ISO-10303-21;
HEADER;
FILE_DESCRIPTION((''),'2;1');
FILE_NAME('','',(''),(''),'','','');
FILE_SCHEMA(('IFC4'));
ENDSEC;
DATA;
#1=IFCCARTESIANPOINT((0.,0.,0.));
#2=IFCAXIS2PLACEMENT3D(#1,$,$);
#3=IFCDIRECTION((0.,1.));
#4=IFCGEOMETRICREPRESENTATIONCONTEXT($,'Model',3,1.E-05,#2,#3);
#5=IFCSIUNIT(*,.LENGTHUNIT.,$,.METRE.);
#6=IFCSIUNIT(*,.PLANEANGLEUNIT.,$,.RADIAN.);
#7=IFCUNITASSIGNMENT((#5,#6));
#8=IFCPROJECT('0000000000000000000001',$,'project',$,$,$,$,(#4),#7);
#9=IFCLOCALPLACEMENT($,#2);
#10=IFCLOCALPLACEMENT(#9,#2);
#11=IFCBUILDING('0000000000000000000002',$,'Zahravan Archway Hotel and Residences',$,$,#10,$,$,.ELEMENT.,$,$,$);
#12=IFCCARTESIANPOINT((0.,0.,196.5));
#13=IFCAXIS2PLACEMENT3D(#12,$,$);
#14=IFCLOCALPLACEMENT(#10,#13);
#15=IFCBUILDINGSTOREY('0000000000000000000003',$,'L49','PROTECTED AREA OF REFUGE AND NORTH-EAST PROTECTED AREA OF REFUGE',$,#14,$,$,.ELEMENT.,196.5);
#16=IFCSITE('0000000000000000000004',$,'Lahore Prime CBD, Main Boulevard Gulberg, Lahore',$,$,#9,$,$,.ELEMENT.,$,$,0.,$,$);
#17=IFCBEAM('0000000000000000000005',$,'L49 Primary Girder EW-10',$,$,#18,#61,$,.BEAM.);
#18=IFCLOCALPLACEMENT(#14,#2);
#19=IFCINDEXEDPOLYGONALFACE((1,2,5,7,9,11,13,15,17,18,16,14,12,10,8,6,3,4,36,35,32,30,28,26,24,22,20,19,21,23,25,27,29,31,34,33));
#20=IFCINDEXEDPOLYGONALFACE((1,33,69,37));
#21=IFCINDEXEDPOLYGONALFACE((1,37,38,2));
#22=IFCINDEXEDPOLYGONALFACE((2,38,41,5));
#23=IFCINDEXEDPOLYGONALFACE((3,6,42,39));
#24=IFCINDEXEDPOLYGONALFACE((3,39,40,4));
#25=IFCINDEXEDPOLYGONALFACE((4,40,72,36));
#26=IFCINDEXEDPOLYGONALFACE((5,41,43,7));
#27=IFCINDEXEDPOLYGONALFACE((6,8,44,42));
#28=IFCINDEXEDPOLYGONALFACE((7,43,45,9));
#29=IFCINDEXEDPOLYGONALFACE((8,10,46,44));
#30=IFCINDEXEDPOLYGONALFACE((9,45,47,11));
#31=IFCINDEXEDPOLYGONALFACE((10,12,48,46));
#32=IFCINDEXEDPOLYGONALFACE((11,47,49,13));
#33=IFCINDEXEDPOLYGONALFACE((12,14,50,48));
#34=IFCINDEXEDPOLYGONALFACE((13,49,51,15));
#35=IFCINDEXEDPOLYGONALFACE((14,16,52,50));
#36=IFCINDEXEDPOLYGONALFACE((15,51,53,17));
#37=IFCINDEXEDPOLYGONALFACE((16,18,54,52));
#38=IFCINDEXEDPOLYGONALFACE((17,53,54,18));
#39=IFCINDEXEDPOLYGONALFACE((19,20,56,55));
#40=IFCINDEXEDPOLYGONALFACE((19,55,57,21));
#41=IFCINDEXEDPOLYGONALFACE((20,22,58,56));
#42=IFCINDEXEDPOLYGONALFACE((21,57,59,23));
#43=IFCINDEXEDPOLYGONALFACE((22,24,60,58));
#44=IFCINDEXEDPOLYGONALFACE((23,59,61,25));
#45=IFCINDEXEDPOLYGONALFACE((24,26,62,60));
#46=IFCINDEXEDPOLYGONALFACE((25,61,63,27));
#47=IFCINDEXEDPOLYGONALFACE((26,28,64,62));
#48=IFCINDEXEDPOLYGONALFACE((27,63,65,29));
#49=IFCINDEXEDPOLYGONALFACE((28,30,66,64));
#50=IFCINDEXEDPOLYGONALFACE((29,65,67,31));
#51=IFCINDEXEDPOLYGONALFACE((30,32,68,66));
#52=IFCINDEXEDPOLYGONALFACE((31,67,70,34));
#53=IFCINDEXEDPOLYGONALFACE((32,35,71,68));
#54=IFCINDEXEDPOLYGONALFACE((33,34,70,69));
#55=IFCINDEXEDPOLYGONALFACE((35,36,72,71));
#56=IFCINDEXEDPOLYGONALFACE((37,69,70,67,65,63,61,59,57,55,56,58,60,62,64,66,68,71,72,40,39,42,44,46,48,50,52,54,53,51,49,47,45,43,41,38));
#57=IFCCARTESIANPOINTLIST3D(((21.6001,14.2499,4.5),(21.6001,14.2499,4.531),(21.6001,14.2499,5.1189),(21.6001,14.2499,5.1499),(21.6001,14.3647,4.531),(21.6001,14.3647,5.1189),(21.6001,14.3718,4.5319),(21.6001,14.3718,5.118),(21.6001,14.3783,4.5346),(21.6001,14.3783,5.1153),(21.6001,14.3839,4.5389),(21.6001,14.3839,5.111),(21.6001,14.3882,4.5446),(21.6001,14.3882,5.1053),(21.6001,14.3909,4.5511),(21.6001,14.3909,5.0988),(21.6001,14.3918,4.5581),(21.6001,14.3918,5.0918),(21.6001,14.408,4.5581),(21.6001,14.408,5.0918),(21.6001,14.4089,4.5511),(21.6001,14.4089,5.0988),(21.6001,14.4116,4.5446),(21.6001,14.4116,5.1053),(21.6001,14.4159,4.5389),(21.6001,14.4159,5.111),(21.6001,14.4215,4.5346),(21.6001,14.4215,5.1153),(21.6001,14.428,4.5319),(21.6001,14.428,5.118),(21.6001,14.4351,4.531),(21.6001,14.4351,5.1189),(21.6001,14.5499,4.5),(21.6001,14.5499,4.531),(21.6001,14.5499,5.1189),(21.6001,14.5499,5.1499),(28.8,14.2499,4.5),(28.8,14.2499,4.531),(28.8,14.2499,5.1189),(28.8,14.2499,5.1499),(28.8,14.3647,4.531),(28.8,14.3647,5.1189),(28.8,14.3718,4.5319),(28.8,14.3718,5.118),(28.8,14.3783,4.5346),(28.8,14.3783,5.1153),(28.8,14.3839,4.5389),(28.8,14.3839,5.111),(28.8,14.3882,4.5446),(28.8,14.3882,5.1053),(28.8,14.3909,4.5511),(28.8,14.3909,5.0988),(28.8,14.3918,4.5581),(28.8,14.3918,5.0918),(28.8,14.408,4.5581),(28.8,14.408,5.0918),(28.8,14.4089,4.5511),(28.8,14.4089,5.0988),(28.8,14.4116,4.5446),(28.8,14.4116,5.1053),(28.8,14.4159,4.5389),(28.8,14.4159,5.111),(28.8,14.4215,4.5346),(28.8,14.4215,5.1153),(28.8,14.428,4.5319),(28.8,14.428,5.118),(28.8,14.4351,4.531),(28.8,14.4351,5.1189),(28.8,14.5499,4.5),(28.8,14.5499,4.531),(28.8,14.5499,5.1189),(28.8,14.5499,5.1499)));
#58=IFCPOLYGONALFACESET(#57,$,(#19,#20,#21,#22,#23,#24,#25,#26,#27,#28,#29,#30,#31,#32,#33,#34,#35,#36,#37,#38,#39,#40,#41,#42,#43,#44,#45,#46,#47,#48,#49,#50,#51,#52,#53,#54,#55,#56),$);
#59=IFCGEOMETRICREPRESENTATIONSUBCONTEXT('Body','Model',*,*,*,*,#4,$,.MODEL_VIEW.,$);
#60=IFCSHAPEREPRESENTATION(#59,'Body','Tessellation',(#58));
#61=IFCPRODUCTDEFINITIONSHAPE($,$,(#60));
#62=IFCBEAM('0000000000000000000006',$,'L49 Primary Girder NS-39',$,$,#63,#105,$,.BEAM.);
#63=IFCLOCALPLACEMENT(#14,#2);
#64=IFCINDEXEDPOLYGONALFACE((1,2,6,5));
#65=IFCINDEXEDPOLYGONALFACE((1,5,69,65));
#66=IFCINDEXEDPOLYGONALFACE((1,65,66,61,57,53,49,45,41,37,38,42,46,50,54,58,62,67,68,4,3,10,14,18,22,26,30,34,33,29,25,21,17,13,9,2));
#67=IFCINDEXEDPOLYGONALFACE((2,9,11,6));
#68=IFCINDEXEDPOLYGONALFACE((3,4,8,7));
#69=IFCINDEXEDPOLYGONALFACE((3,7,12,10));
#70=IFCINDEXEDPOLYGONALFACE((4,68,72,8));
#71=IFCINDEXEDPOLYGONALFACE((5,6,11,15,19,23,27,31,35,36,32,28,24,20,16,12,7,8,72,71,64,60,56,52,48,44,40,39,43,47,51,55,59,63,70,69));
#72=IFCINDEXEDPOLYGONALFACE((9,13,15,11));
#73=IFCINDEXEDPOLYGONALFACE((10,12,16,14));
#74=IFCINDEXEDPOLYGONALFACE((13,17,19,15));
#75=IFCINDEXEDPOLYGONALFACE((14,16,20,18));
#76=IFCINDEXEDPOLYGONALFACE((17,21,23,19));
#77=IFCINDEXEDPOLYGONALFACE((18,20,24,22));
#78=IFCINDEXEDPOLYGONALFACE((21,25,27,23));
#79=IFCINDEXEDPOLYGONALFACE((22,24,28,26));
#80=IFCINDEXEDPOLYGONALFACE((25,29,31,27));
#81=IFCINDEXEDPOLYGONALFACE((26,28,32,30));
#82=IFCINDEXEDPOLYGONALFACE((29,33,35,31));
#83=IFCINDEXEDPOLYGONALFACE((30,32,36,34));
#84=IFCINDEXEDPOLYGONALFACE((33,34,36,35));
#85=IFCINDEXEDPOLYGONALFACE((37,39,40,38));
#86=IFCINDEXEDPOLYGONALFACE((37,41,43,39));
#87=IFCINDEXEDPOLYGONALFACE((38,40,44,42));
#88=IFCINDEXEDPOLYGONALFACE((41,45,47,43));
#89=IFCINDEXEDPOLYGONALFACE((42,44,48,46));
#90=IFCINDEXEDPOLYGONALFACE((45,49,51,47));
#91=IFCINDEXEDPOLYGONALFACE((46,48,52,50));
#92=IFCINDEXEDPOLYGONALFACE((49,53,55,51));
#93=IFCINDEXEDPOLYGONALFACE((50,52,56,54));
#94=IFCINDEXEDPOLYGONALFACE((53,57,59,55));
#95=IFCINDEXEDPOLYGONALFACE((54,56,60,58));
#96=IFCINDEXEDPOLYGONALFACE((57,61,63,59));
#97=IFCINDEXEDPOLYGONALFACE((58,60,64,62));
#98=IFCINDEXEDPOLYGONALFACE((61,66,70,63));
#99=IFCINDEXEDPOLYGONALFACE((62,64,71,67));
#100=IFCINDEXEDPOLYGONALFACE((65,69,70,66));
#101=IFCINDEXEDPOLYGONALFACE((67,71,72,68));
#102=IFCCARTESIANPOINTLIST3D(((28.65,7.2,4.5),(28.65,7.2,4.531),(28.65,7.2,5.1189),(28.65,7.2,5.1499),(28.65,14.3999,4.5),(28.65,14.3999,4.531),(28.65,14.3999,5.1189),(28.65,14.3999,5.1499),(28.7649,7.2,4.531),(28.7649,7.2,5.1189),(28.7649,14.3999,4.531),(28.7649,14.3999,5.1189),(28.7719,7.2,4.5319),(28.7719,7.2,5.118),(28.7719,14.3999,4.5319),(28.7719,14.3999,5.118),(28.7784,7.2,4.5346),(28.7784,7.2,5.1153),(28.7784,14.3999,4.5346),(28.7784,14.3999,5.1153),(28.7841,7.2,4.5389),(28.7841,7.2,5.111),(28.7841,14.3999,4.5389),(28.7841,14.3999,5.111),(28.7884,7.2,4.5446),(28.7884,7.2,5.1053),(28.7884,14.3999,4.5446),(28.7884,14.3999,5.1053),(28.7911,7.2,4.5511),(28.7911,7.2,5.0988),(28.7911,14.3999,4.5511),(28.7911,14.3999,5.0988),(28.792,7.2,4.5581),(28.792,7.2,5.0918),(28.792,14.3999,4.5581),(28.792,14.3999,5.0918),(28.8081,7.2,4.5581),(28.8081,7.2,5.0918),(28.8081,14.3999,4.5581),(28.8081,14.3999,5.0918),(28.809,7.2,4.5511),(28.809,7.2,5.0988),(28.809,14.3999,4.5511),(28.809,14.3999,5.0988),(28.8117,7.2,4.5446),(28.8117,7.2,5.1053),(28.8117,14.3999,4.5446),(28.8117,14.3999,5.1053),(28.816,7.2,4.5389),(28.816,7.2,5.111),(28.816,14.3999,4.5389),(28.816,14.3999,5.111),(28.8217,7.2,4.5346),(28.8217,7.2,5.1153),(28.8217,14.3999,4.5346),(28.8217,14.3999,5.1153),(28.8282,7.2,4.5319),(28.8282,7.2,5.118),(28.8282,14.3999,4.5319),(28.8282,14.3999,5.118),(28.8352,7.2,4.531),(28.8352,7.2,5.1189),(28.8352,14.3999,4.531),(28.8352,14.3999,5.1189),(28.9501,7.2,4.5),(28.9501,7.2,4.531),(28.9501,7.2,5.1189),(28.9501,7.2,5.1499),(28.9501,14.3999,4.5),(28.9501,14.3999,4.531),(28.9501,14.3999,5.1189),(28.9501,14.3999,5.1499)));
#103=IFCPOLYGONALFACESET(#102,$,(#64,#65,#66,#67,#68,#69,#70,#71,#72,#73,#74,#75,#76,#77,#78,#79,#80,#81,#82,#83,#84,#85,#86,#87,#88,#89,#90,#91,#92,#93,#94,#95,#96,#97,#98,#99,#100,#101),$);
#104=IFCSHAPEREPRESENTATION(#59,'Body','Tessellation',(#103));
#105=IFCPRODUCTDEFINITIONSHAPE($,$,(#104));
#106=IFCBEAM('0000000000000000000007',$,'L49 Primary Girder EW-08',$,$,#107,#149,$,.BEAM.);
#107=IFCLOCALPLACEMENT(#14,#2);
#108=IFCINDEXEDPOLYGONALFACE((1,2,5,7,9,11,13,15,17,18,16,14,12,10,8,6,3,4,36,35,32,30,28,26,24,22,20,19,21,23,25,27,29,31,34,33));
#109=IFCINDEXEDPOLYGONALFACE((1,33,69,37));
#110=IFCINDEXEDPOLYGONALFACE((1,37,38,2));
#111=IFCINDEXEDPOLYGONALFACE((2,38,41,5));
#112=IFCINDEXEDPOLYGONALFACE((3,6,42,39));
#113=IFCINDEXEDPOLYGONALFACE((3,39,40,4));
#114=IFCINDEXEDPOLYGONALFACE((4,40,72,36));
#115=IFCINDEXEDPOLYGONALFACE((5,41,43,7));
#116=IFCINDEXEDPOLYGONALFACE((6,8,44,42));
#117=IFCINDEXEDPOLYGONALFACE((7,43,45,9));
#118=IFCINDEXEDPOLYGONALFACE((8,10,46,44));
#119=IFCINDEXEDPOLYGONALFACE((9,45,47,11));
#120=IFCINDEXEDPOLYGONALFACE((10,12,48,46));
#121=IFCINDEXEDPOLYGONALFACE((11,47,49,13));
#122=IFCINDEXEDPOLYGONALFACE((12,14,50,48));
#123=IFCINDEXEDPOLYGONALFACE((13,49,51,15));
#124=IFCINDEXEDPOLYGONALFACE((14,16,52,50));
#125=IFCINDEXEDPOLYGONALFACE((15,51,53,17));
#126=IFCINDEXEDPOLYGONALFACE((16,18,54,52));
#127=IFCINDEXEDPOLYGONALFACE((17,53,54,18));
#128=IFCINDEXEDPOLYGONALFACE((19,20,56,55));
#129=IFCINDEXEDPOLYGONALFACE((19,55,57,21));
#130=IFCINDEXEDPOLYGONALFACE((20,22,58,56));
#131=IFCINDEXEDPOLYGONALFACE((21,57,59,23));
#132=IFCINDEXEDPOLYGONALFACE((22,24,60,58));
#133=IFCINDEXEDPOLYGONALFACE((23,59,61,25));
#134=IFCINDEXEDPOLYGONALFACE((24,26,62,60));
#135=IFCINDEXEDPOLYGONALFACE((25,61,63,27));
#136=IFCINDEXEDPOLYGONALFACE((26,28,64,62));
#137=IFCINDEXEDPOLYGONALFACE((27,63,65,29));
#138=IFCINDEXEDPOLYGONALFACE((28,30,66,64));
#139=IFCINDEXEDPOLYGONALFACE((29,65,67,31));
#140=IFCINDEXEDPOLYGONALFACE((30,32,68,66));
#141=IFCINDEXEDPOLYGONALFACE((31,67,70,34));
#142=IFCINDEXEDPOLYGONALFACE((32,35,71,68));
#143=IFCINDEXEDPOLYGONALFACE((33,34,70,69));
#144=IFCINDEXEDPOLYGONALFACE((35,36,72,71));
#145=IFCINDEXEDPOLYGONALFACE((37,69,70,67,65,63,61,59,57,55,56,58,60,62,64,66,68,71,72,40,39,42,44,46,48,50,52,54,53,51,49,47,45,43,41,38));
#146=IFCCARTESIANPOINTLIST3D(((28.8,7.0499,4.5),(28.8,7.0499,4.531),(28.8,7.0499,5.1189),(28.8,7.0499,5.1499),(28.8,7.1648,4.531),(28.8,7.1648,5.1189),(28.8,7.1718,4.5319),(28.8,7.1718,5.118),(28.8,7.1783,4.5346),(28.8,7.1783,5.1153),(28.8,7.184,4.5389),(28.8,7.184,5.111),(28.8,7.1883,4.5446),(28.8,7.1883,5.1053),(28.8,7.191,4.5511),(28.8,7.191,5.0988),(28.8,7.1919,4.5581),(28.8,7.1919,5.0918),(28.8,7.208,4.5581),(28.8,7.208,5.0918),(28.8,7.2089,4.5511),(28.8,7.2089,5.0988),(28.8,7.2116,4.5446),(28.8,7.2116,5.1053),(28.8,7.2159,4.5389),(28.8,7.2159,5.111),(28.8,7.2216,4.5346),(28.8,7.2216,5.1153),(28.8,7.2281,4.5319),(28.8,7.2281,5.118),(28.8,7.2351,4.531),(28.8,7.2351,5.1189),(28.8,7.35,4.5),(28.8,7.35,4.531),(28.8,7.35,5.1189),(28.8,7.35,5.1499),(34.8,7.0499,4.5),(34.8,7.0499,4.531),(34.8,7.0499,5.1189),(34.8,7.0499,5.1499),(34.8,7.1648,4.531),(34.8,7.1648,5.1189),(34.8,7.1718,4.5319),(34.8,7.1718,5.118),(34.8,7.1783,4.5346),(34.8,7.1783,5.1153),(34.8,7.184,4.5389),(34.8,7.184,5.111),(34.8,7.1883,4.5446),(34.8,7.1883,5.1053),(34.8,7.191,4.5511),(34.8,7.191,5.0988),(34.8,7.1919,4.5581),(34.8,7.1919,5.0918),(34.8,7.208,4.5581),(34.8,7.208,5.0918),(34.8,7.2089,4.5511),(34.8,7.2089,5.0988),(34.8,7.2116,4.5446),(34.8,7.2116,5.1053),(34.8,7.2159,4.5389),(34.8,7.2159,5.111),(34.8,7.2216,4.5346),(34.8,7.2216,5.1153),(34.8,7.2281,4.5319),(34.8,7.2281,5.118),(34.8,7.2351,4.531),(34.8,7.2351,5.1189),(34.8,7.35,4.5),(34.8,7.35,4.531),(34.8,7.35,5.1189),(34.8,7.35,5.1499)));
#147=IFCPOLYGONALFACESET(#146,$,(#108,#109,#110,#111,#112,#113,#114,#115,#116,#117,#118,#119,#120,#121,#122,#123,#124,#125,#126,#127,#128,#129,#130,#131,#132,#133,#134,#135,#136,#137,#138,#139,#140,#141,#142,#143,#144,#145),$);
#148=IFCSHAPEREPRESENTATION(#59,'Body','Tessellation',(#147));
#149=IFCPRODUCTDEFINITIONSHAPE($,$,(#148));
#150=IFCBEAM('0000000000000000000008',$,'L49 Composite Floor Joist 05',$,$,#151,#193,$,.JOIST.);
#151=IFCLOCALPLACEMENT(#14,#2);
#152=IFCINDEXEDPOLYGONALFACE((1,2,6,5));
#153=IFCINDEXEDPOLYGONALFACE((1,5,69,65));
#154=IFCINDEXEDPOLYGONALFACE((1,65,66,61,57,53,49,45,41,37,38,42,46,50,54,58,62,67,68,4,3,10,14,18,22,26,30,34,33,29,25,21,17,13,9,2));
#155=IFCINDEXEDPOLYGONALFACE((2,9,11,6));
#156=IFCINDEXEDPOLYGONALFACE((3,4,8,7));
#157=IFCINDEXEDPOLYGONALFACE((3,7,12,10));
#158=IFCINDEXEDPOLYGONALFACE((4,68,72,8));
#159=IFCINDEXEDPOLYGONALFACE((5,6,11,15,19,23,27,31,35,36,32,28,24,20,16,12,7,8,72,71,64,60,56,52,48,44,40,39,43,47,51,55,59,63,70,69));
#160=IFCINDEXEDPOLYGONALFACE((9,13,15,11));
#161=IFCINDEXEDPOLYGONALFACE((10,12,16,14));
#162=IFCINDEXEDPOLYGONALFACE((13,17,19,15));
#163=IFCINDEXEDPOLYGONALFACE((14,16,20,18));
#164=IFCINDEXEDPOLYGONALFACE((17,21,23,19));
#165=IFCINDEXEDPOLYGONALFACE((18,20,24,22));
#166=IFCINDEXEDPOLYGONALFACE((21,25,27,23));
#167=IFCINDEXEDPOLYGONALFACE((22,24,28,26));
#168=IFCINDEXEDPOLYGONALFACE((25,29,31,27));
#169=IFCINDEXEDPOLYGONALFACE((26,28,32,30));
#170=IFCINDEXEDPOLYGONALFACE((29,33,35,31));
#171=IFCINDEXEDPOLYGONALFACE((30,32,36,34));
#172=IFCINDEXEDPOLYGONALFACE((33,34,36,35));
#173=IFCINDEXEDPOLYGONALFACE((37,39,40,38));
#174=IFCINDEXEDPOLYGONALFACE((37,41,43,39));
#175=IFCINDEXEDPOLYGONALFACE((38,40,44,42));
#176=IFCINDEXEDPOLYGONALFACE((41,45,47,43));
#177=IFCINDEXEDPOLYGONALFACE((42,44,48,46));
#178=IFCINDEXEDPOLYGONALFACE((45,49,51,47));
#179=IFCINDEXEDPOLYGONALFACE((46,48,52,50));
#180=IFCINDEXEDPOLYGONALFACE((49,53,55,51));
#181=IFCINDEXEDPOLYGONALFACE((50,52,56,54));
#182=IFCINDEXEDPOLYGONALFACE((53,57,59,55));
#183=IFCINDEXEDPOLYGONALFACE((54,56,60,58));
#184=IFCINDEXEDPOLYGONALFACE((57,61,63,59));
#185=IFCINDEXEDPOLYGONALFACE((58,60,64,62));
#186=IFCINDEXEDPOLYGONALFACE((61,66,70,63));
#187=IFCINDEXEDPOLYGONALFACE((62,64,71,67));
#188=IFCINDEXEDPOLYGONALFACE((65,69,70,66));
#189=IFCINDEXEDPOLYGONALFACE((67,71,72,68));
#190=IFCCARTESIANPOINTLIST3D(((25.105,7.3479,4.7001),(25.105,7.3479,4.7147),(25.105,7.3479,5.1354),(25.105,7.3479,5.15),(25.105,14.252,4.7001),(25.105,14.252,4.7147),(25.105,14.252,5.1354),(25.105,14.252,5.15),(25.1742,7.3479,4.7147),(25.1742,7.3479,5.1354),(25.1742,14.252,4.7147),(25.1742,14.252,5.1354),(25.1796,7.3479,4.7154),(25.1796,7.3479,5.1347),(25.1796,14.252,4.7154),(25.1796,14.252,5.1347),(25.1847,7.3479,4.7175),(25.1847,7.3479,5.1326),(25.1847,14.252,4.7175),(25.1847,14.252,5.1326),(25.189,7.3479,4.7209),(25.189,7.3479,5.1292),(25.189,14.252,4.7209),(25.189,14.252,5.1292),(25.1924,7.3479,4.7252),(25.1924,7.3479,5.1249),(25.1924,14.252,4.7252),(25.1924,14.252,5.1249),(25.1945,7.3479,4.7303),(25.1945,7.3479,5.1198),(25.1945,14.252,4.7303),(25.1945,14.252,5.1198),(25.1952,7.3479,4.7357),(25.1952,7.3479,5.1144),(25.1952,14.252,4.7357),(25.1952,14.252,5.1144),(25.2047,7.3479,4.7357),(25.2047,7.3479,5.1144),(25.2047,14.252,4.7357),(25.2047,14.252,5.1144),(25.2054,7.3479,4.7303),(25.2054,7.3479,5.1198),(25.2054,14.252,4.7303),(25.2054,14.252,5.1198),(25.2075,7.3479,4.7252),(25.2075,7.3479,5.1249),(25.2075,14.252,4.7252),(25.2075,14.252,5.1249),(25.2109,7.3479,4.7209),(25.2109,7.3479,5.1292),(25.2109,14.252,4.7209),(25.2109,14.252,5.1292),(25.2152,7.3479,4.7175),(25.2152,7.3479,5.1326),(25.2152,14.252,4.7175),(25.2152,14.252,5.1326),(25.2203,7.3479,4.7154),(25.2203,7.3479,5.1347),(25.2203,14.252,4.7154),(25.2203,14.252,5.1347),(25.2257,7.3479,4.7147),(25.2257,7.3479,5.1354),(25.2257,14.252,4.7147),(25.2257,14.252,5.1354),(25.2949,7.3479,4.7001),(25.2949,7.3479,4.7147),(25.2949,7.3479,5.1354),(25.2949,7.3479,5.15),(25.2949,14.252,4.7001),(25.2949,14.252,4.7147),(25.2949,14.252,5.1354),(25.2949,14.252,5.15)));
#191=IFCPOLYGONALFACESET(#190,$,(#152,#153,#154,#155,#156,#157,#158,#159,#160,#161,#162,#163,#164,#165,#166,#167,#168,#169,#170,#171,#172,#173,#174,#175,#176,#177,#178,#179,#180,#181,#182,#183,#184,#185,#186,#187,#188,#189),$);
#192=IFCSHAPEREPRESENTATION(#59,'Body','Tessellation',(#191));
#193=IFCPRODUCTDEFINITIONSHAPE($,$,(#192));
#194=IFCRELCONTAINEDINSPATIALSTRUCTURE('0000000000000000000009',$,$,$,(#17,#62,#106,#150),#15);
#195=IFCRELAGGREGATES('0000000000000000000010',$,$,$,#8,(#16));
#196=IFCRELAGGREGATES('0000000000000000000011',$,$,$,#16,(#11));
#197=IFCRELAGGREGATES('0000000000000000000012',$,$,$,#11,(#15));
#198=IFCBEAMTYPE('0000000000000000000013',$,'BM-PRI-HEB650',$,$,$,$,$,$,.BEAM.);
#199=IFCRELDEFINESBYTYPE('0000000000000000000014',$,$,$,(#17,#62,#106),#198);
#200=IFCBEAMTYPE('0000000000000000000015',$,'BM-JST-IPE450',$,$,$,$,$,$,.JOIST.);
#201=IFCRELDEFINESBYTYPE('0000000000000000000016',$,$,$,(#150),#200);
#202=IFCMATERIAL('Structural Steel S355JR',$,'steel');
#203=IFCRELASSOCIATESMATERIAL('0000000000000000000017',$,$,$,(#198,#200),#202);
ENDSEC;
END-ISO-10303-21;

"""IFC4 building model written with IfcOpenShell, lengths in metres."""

from ifc_helpers import new_model, si_unit, direction, frame, origin, origin_2d, place, context, subcontext, project, spatial, i_section, extrude, source, transform, mapped, material, material_profile, profile_set, type_object, type_shapes, element, save


model = new_model("IFC4")

# Units and contexts
model_context = context("Model", 3, precision=1e-05, world=origin(), true_north=direction((0.0, 1.0)))
body_context = subcontext(model_context, "Body", "Model", "MODEL_VIEW")
ifc_project = project(units=[si_unit("LENGTHUNIT", "METRE"), si_unit("PLANEANGLEUNIT", "RADIAN")], contexts=[model_context])

# Site, building, storey
site_placement = place(None, origin())
site = spatial("IfcSite", under=ifc_project, at=site_placement, Name="Lahore Prime CBD, Main Boulevard Gulberg, Lahore", CompositionType="ELEMENT", RefElevation=0.0)
building_placement = place(site_placement, origin())
building = spatial("IfcBuilding", under=site, at=building_placement, Name="Zahravan Archway Hotel and Residences", CompositionType="ELEMENT")
storey_placement = place(building_placement, frame((0.0, 0.0, 196.5)))
storey = spatial("IfcBuildingStorey", under=building, at=storey_placement, Name="L49", Description="PROTECTED AREA OF REFUGE AND NORTH-EAST PROTECTED AREA OF REFUGE", CompositionType="ELEMENT", Elevation=196.5)

# Beams
ifc_material_1 = material(Name="Structural Steel S355JR", Category="steel")
ifc_material_profile_1 = material_profile(ifc_material_1, i_section(OverallWidth=0.3, OverallDepth=0.6499, WebThickness=0.0161, FlangeThickness=0.031, FilletRadius=0.0271, at=origin_2d()), Name="HEB 650", Category="steel")
ifc_profile_set_1 = profile_set([ifc_material_profile_1], Name="Structural Steel S355JR")
beam_type_1 = type_object("IfcBeamType", Name="BM-PRI-HEB650", PredefinedType="BEAM", material=ifc_profile_set_1)
shared_shape_1 = source(origin(), body_context, "Body", "SweptSolid", [
    extrude(i_section(OverallWidth=0.3, OverallDepth=0.6499, WebThickness=0.0161, FlangeThickness=0.031, FilletRadius=0.0271, at=origin_2d()), origin(), (0.0, 0.0, 1.0), 7.2),
])
for number, where, z_axis, x_axis, name in (
    (1, (21.6001, 14.3999, 4.825), (1.0, 0.0, 0.0), (0.0, 1.0, 0.0), "L49 Primary Girder EW-10"),
    (2, (28.8, 7.2, 4.825), (0.0, 1.0, 0.0), (-1.0, 0.0, 0.0), "L49 Primary Girder NS-39"),
):
    element("IfcBeam", number, at=place(storey_placement, frame(where, z_axis=z_axis, x_axis=x_axis)), inside=storey, type_object=beam_type_1, Name=name, PredefinedType="BEAM", context=body_context, shape_type="MappedRepresentation", body=[
        mapped(shared_shape_1, transform((0.0, 0.0, 0.0), scale=1.0)),
    ])
shared_shape_2 = source(origin(), body_context, "Body", "SweptSolid", [
    extrude(i_section(OverallWidth=0.3, OverallDepth=0.6499, WebThickness=0.0161, FlangeThickness=0.031, FilletRadius=0.0271, at=origin_2d()), origin(), (0.0, 0.0, 1.0), 6.0),
])
beam_1_placement = place(storey_placement, frame((28.8, 7.2, 4.825), z_axis=(1.0, 0.0, 0.0), x_axis=(0.0, 1.0, 0.0)))
element("IfcBeam", 3, at=beam_1_placement, inside=storey, type_object=beam_type_1, Name="L49 Primary Girder EW-08", PredefinedType="BEAM", context=body_context, shape_type="MappedRepresentation", body=[
    mapped(shared_shape_2, transform((0.0, 0.0, 0.0), scale=1.0)),
])
ifc_material_profile_2 = material_profile(ifc_material_1, i_section(OverallWidth=0.1899, OverallDepth=0.45, WebThickness=0.0095, FlangeThickness=0.0146, FilletRadius=0.021, at=origin_2d()), Name="IPE 450", Category="steel")
ifc_profile_set_2 = profile_set([ifc_material_profile_2], Name="Structural Steel S355JR")
beam_type_2 = type_object("IfcBeamType", Name="BM-JST-IPE450", PredefinedType="JOIST", material=ifc_profile_set_2)
shared_shape_3 = source(origin(), body_context, "Body", "SweptSolid", [
    extrude(i_section(OverallWidth=0.1899, OverallDepth=0.45, WebThickness=0.0095, FlangeThickness=0.0146, FilletRadius=0.021, at=origin_2d()), origin(), (0.0, 0.0, 1.0), 6.9041),
])
type_shapes(beam_type_2, [shared_shape_3])
beam_2_placement = place(storey_placement, frame((25.2, 7.3479, 4.925), z_axis=(0.0, 1.0, 0.0), x_axis=(-1.0, 0.0, 0.0)))
element("IfcBeam", 4, at=beam_2_placement, inside=storey, type_object=beam_type_2, Name="L49 Composite Floor Joist 05", PredefinedType="JOIST", context=body_context, shape_type="MappedRepresentation", body=[
    mapped(shared_shape_3, transform((0.0, 0.0, 0.0), scale=1.0)),
])

save(model, "model.ifc")
